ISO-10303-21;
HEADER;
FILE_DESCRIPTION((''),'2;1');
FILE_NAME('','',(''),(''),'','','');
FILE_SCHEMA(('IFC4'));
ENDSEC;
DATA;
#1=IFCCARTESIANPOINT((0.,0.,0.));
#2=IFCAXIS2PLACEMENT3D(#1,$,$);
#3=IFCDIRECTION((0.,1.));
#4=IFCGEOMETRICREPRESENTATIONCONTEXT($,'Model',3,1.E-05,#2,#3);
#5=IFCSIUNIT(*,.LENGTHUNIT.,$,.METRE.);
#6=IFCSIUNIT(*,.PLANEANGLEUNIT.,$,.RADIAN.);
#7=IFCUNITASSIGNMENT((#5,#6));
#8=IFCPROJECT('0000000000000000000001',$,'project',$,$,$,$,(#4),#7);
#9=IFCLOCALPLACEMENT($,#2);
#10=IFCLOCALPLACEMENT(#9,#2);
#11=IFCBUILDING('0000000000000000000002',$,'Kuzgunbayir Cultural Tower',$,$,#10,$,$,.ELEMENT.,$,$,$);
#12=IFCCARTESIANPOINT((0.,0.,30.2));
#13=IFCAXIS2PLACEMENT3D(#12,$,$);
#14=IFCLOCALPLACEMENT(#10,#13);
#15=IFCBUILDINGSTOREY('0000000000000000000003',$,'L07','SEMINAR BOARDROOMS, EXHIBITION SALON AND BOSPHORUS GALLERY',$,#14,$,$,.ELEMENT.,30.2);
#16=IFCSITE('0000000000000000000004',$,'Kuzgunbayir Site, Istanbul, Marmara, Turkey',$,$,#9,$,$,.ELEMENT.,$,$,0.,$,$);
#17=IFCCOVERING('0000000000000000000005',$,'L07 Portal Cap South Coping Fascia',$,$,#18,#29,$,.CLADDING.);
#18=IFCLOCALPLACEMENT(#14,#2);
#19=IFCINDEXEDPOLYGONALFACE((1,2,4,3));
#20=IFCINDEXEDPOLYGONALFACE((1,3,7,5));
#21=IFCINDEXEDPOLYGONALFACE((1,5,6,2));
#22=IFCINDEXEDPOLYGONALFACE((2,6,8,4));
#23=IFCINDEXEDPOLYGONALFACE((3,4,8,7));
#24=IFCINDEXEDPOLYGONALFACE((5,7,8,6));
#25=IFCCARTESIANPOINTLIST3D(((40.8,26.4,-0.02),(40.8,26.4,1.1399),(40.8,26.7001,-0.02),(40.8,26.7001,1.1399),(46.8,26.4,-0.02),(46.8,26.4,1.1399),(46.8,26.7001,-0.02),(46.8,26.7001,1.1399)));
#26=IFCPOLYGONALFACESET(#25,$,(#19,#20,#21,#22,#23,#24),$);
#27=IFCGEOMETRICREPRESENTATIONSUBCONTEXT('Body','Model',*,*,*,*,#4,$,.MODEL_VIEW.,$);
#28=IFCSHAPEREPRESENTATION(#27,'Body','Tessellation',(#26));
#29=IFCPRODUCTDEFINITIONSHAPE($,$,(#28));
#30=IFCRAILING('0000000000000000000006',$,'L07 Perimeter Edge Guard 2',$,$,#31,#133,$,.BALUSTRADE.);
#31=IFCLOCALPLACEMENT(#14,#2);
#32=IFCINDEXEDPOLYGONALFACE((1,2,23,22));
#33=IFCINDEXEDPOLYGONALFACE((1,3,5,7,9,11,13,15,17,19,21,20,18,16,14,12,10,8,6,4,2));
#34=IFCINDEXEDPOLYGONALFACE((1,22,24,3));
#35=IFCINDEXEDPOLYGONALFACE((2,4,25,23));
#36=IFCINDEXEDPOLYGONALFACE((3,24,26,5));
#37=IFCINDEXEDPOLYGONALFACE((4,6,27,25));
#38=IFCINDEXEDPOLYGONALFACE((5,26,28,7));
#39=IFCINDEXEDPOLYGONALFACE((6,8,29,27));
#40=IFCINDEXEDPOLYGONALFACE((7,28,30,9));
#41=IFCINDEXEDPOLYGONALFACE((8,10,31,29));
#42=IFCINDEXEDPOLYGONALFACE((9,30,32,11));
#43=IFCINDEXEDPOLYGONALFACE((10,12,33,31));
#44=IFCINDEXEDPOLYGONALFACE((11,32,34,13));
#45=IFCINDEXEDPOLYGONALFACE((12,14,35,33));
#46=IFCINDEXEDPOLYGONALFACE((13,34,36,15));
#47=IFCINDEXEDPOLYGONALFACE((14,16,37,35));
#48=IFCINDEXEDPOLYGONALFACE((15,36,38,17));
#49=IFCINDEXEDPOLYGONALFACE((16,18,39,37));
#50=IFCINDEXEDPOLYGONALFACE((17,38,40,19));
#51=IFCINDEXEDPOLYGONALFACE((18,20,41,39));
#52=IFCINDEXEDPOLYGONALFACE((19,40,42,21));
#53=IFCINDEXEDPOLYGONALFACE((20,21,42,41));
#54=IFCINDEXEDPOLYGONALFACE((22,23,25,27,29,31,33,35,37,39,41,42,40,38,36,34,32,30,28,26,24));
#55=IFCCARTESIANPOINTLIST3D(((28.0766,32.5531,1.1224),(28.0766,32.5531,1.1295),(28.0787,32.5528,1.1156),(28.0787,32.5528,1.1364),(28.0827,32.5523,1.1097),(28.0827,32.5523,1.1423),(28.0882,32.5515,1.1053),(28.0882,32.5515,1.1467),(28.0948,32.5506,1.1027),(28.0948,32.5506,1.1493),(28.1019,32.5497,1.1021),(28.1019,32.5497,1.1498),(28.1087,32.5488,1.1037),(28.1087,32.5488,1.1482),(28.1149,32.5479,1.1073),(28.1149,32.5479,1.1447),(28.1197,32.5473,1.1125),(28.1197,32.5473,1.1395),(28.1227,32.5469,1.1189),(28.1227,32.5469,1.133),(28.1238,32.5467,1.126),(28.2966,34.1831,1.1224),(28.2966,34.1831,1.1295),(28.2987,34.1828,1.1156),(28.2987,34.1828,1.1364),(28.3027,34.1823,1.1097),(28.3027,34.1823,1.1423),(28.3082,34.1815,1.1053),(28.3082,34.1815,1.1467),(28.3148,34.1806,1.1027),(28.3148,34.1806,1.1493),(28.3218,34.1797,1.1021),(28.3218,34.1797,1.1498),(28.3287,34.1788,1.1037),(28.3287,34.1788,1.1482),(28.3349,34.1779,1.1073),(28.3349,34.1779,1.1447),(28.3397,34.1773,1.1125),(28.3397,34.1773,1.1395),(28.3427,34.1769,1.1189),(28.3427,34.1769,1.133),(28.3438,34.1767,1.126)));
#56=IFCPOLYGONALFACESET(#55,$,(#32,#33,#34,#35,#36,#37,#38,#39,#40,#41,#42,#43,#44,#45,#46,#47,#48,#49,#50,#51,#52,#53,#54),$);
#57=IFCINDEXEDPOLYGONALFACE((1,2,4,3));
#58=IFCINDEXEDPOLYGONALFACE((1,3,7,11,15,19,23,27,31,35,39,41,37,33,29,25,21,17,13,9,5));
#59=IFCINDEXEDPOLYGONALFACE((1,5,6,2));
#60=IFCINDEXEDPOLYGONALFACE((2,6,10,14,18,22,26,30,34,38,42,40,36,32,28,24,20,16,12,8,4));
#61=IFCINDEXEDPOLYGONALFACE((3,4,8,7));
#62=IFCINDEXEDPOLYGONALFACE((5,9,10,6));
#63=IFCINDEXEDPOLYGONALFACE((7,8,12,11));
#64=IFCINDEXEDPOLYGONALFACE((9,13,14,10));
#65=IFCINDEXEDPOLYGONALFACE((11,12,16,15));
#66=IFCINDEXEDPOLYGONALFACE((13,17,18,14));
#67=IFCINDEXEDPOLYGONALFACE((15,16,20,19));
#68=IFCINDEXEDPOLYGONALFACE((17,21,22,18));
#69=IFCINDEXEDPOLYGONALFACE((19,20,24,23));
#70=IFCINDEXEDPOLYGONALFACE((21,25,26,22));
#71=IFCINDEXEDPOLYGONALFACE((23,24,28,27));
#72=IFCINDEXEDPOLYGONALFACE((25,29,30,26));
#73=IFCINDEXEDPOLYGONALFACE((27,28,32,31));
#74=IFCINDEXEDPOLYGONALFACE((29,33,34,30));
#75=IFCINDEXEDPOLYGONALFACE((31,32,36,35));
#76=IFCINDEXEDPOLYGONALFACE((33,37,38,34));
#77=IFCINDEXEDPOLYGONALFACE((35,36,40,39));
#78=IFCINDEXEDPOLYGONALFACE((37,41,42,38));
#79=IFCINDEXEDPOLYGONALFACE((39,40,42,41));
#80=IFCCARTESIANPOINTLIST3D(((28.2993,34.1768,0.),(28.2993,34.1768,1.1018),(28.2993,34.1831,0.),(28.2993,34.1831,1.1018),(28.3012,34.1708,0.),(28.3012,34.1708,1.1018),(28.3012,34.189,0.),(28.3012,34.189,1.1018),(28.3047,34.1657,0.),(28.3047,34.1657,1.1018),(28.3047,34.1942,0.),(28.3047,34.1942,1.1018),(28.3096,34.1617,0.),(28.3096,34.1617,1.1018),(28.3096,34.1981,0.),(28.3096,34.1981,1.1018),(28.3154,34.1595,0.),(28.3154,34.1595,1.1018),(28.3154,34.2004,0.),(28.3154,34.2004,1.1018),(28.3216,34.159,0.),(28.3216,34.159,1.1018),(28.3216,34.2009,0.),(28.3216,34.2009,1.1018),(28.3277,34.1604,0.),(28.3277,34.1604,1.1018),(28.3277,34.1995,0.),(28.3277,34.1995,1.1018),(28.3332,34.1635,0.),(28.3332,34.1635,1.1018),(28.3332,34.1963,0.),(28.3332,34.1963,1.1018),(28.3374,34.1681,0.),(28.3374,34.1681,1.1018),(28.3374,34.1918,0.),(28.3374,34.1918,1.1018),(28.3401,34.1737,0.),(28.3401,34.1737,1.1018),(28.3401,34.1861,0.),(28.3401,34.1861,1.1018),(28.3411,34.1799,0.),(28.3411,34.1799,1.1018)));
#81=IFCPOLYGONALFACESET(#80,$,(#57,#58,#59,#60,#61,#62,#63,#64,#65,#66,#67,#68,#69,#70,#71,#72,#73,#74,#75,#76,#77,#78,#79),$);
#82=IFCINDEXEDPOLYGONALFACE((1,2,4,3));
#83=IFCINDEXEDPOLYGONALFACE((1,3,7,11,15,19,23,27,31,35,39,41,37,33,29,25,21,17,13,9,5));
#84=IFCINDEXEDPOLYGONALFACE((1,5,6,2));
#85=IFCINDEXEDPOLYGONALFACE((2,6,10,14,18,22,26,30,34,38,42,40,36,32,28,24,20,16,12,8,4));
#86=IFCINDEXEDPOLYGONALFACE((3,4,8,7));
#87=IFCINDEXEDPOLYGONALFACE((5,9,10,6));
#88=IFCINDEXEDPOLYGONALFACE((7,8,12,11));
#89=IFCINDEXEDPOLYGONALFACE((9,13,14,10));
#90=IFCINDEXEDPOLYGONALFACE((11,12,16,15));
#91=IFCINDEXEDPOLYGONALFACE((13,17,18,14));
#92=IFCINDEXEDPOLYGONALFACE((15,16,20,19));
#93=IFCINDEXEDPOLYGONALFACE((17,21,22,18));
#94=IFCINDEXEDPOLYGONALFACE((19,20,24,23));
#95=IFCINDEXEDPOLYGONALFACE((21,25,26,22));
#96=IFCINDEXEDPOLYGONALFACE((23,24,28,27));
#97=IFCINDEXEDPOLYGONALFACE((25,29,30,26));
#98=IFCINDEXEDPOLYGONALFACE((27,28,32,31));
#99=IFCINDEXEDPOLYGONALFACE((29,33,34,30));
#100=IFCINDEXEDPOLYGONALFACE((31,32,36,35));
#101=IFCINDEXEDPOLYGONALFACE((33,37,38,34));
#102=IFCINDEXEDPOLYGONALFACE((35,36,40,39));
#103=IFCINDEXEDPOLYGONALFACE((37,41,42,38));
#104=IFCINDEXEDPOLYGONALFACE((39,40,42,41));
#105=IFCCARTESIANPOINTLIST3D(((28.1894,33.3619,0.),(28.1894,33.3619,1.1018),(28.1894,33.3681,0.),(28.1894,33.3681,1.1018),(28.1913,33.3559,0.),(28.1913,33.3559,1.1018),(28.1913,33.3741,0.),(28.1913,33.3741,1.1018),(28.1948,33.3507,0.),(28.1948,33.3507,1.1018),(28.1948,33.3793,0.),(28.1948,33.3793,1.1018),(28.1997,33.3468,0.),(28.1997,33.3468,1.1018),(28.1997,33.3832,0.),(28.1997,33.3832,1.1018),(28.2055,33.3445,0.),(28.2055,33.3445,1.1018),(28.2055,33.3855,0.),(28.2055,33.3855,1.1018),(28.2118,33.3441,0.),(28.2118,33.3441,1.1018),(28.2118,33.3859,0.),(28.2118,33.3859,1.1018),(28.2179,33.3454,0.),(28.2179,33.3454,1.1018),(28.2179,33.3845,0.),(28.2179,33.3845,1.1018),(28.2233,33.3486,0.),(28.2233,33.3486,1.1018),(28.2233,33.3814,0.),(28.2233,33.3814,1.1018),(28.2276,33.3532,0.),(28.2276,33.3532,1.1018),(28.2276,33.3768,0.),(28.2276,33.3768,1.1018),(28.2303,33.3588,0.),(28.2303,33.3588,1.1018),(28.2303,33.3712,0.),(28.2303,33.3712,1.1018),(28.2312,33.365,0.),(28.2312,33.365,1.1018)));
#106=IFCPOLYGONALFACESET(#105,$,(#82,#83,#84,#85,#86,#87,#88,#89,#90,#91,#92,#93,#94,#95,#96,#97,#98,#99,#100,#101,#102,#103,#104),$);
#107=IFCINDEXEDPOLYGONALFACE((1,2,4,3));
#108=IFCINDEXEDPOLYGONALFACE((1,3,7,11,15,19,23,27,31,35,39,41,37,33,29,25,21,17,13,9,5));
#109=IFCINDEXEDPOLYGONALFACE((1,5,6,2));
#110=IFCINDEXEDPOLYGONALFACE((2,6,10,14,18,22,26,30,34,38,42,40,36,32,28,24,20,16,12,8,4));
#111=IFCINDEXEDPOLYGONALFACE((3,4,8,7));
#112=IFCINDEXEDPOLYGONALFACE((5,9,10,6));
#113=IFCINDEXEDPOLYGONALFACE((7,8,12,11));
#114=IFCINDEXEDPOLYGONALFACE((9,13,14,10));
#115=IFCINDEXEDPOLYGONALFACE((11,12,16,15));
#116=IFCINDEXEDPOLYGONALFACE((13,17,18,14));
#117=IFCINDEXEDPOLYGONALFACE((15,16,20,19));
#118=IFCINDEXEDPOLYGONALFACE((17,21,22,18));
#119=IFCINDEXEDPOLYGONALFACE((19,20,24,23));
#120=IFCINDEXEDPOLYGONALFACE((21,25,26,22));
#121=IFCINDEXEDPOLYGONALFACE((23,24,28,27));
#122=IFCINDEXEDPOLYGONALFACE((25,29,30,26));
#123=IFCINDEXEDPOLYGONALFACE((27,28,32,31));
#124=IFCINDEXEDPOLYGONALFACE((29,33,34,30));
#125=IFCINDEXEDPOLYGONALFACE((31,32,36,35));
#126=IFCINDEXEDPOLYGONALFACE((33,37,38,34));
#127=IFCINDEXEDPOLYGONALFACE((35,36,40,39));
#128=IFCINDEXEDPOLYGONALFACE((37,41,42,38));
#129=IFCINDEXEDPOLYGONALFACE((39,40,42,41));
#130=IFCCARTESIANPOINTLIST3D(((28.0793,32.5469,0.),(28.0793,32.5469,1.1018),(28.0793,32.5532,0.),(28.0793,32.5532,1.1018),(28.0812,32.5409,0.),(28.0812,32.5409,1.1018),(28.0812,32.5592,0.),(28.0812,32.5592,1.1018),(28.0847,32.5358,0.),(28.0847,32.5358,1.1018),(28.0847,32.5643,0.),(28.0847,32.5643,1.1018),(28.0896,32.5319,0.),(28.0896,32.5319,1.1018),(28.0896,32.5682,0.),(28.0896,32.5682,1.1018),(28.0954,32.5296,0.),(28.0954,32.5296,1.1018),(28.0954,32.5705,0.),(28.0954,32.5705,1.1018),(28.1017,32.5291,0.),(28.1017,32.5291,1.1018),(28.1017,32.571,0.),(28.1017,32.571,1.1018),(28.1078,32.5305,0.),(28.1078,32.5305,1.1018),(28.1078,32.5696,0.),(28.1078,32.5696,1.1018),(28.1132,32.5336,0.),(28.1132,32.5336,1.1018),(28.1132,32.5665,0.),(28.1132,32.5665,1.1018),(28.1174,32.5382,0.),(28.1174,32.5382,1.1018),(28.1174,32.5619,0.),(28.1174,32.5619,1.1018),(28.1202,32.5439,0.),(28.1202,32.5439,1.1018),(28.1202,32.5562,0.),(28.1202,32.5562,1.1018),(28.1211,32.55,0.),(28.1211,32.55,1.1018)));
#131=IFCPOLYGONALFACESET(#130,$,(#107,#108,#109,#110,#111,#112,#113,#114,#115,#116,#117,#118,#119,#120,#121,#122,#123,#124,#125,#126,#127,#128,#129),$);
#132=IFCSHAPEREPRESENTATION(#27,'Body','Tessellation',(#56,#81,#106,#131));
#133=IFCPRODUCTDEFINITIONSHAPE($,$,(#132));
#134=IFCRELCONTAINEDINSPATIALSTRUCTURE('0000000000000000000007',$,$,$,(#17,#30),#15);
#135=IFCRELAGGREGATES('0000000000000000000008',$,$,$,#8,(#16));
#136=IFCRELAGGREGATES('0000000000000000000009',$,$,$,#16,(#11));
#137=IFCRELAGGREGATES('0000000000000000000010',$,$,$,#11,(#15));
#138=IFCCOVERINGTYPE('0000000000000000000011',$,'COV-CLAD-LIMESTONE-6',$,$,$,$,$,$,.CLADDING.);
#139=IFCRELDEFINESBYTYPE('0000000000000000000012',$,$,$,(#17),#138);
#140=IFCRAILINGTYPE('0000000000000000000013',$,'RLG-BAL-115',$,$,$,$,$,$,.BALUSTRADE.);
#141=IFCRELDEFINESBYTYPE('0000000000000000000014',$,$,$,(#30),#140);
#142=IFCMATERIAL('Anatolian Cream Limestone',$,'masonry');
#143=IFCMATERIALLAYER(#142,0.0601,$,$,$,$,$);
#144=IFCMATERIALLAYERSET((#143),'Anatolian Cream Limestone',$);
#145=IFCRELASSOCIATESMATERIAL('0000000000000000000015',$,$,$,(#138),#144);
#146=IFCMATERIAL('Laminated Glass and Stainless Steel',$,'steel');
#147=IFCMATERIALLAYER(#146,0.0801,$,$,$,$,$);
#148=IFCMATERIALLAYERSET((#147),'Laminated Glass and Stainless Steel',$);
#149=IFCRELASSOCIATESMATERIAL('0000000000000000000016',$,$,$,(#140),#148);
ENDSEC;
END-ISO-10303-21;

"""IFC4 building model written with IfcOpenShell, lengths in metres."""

from ifc_helpers import new_model, si_unit, direction, frame, origin, origin_2d, place, context, subcontext, project, spatial, rectangle, circle, extrude, material, layer, layer_set, type_object, element, save


model = new_model("IFC4")

# Units and contexts
model_context = context("Model", 3, precision=1e-05, world=origin(), true_north=direction((0.0, 1.0)))
body_context = subcontext(model_context, "Body", "Model", "MODEL_VIEW")
ifc_project = project(units=[si_unit("LENGTHUNIT", "METRE"), si_unit("PLANEANGLEUNIT", "RADIAN")], contexts=[model_context])

# Site, building, storey
site_placement = place(None, origin())
site = spatial("IfcSite", under=ifc_project, at=site_placement, Name="Kuzgunbayir Site, Istanbul, Marmara, Turkey", CompositionType="ELEMENT", RefElevation=0.0)
building_placement = place(site_placement, origin())
building = spatial("IfcBuilding", under=site, at=building_placement, Name="Kuzgunbayir Cultural Tower", CompositionType="ELEMENT")
storey_placement = place(building_placement, frame((0.0, 0.0, 30.2)))
storey = spatial("IfcBuildingStorey", under=building, at=storey_placement, Name="L07", Description="SEMINAR BOARDROOMS, EXHIBITION SALON AND BOSPHORUS GALLERY", CompositionType="ELEMENT", Elevation=30.2)

# Covering
ifc_material_1 = material(Name="Anatolian Cream Limestone", Category="masonry")
ifc_layer_1 = layer(ifc_material_1, 0.0601)
ifc_layer_set_1 = layer_set([ifc_layer_1], Name="Anatolian Cream Limestone")
covering_type = type_object("IfcCoveringType", Name="COV-CLAD-LIMESTONE-6", PredefinedType="CLADDING", material=ifc_layer_set_1)
covering_placement = place(storey_placement, frame((43.8, 26.55, -0.02), z_axis=(0.0, 0.0, 1.0), x_axis=(1.0, 0.0, 0.0)))
element("IfcCovering", 1, at=covering_placement, inside=storey, type_object=covering_type, Name="L07 Portal Cap South Coping Fascia", PredefinedType="CLADDING", context=body_context, shape_type="SweptSolid", body=[
    extrude(rectangle(XDim=6.0, YDim=0.3, at=origin_2d()), origin(), (0.0, 0.0, 1.0), 1.1599),
])

# Railing
ifc_material_2 = material(Name="Laminated Glass and Stainless Steel", Category="steel")
ifc_layer_2 = layer(ifc_material_2, 0.0801)
ifc_layer_set_2 = layer_set([ifc_layer_2], Name="Laminated Glass and Stainless Steel")
railing_type = type_object("IfcRailingType", Name="RLG-BAL-115", PredefinedType="BALUSTRADE", material=ifc_layer_set_2)
railing_1_placement = place(storey_placement, frame((28.3201, 34.1799, 0.0)))
element("IfcRailing", 2, at=railing_1_placement, inside=storey, type_object=railing_type, Name="L07 Perimeter Edge Guard 2", PredefinedType="BALUSTRADE", context=body_context, shape_type="SweptSolid", body=[
    extrude(circle(Radius=0.0239, at=origin_2d()), frame((0.0, 0.0, 1.126), z_axis=(-0.133748, -0.991015, 0.0), x_axis=(0.991015, -0.133748, 0.0)), (0.0, 0.0, 1.0), 1.6448),
    extrude(circle(Radius=0.021, at=origin_2d()), origin(), (0.0, 0.0, 1.0), 1.1018),
    extrude(circle(Radius=0.021, at=origin_2d()), frame((-0.1099, -0.8149, 0.0)), (0.0, 0.0, 1.0), 1.1018),
    extrude(circle(Radius=0.021, at=origin_2d()), frame((-0.22, -1.6299, 0.0)), (0.0, 0.0, 1.0), 1.1018),
])

save(model, "model.ifc")
